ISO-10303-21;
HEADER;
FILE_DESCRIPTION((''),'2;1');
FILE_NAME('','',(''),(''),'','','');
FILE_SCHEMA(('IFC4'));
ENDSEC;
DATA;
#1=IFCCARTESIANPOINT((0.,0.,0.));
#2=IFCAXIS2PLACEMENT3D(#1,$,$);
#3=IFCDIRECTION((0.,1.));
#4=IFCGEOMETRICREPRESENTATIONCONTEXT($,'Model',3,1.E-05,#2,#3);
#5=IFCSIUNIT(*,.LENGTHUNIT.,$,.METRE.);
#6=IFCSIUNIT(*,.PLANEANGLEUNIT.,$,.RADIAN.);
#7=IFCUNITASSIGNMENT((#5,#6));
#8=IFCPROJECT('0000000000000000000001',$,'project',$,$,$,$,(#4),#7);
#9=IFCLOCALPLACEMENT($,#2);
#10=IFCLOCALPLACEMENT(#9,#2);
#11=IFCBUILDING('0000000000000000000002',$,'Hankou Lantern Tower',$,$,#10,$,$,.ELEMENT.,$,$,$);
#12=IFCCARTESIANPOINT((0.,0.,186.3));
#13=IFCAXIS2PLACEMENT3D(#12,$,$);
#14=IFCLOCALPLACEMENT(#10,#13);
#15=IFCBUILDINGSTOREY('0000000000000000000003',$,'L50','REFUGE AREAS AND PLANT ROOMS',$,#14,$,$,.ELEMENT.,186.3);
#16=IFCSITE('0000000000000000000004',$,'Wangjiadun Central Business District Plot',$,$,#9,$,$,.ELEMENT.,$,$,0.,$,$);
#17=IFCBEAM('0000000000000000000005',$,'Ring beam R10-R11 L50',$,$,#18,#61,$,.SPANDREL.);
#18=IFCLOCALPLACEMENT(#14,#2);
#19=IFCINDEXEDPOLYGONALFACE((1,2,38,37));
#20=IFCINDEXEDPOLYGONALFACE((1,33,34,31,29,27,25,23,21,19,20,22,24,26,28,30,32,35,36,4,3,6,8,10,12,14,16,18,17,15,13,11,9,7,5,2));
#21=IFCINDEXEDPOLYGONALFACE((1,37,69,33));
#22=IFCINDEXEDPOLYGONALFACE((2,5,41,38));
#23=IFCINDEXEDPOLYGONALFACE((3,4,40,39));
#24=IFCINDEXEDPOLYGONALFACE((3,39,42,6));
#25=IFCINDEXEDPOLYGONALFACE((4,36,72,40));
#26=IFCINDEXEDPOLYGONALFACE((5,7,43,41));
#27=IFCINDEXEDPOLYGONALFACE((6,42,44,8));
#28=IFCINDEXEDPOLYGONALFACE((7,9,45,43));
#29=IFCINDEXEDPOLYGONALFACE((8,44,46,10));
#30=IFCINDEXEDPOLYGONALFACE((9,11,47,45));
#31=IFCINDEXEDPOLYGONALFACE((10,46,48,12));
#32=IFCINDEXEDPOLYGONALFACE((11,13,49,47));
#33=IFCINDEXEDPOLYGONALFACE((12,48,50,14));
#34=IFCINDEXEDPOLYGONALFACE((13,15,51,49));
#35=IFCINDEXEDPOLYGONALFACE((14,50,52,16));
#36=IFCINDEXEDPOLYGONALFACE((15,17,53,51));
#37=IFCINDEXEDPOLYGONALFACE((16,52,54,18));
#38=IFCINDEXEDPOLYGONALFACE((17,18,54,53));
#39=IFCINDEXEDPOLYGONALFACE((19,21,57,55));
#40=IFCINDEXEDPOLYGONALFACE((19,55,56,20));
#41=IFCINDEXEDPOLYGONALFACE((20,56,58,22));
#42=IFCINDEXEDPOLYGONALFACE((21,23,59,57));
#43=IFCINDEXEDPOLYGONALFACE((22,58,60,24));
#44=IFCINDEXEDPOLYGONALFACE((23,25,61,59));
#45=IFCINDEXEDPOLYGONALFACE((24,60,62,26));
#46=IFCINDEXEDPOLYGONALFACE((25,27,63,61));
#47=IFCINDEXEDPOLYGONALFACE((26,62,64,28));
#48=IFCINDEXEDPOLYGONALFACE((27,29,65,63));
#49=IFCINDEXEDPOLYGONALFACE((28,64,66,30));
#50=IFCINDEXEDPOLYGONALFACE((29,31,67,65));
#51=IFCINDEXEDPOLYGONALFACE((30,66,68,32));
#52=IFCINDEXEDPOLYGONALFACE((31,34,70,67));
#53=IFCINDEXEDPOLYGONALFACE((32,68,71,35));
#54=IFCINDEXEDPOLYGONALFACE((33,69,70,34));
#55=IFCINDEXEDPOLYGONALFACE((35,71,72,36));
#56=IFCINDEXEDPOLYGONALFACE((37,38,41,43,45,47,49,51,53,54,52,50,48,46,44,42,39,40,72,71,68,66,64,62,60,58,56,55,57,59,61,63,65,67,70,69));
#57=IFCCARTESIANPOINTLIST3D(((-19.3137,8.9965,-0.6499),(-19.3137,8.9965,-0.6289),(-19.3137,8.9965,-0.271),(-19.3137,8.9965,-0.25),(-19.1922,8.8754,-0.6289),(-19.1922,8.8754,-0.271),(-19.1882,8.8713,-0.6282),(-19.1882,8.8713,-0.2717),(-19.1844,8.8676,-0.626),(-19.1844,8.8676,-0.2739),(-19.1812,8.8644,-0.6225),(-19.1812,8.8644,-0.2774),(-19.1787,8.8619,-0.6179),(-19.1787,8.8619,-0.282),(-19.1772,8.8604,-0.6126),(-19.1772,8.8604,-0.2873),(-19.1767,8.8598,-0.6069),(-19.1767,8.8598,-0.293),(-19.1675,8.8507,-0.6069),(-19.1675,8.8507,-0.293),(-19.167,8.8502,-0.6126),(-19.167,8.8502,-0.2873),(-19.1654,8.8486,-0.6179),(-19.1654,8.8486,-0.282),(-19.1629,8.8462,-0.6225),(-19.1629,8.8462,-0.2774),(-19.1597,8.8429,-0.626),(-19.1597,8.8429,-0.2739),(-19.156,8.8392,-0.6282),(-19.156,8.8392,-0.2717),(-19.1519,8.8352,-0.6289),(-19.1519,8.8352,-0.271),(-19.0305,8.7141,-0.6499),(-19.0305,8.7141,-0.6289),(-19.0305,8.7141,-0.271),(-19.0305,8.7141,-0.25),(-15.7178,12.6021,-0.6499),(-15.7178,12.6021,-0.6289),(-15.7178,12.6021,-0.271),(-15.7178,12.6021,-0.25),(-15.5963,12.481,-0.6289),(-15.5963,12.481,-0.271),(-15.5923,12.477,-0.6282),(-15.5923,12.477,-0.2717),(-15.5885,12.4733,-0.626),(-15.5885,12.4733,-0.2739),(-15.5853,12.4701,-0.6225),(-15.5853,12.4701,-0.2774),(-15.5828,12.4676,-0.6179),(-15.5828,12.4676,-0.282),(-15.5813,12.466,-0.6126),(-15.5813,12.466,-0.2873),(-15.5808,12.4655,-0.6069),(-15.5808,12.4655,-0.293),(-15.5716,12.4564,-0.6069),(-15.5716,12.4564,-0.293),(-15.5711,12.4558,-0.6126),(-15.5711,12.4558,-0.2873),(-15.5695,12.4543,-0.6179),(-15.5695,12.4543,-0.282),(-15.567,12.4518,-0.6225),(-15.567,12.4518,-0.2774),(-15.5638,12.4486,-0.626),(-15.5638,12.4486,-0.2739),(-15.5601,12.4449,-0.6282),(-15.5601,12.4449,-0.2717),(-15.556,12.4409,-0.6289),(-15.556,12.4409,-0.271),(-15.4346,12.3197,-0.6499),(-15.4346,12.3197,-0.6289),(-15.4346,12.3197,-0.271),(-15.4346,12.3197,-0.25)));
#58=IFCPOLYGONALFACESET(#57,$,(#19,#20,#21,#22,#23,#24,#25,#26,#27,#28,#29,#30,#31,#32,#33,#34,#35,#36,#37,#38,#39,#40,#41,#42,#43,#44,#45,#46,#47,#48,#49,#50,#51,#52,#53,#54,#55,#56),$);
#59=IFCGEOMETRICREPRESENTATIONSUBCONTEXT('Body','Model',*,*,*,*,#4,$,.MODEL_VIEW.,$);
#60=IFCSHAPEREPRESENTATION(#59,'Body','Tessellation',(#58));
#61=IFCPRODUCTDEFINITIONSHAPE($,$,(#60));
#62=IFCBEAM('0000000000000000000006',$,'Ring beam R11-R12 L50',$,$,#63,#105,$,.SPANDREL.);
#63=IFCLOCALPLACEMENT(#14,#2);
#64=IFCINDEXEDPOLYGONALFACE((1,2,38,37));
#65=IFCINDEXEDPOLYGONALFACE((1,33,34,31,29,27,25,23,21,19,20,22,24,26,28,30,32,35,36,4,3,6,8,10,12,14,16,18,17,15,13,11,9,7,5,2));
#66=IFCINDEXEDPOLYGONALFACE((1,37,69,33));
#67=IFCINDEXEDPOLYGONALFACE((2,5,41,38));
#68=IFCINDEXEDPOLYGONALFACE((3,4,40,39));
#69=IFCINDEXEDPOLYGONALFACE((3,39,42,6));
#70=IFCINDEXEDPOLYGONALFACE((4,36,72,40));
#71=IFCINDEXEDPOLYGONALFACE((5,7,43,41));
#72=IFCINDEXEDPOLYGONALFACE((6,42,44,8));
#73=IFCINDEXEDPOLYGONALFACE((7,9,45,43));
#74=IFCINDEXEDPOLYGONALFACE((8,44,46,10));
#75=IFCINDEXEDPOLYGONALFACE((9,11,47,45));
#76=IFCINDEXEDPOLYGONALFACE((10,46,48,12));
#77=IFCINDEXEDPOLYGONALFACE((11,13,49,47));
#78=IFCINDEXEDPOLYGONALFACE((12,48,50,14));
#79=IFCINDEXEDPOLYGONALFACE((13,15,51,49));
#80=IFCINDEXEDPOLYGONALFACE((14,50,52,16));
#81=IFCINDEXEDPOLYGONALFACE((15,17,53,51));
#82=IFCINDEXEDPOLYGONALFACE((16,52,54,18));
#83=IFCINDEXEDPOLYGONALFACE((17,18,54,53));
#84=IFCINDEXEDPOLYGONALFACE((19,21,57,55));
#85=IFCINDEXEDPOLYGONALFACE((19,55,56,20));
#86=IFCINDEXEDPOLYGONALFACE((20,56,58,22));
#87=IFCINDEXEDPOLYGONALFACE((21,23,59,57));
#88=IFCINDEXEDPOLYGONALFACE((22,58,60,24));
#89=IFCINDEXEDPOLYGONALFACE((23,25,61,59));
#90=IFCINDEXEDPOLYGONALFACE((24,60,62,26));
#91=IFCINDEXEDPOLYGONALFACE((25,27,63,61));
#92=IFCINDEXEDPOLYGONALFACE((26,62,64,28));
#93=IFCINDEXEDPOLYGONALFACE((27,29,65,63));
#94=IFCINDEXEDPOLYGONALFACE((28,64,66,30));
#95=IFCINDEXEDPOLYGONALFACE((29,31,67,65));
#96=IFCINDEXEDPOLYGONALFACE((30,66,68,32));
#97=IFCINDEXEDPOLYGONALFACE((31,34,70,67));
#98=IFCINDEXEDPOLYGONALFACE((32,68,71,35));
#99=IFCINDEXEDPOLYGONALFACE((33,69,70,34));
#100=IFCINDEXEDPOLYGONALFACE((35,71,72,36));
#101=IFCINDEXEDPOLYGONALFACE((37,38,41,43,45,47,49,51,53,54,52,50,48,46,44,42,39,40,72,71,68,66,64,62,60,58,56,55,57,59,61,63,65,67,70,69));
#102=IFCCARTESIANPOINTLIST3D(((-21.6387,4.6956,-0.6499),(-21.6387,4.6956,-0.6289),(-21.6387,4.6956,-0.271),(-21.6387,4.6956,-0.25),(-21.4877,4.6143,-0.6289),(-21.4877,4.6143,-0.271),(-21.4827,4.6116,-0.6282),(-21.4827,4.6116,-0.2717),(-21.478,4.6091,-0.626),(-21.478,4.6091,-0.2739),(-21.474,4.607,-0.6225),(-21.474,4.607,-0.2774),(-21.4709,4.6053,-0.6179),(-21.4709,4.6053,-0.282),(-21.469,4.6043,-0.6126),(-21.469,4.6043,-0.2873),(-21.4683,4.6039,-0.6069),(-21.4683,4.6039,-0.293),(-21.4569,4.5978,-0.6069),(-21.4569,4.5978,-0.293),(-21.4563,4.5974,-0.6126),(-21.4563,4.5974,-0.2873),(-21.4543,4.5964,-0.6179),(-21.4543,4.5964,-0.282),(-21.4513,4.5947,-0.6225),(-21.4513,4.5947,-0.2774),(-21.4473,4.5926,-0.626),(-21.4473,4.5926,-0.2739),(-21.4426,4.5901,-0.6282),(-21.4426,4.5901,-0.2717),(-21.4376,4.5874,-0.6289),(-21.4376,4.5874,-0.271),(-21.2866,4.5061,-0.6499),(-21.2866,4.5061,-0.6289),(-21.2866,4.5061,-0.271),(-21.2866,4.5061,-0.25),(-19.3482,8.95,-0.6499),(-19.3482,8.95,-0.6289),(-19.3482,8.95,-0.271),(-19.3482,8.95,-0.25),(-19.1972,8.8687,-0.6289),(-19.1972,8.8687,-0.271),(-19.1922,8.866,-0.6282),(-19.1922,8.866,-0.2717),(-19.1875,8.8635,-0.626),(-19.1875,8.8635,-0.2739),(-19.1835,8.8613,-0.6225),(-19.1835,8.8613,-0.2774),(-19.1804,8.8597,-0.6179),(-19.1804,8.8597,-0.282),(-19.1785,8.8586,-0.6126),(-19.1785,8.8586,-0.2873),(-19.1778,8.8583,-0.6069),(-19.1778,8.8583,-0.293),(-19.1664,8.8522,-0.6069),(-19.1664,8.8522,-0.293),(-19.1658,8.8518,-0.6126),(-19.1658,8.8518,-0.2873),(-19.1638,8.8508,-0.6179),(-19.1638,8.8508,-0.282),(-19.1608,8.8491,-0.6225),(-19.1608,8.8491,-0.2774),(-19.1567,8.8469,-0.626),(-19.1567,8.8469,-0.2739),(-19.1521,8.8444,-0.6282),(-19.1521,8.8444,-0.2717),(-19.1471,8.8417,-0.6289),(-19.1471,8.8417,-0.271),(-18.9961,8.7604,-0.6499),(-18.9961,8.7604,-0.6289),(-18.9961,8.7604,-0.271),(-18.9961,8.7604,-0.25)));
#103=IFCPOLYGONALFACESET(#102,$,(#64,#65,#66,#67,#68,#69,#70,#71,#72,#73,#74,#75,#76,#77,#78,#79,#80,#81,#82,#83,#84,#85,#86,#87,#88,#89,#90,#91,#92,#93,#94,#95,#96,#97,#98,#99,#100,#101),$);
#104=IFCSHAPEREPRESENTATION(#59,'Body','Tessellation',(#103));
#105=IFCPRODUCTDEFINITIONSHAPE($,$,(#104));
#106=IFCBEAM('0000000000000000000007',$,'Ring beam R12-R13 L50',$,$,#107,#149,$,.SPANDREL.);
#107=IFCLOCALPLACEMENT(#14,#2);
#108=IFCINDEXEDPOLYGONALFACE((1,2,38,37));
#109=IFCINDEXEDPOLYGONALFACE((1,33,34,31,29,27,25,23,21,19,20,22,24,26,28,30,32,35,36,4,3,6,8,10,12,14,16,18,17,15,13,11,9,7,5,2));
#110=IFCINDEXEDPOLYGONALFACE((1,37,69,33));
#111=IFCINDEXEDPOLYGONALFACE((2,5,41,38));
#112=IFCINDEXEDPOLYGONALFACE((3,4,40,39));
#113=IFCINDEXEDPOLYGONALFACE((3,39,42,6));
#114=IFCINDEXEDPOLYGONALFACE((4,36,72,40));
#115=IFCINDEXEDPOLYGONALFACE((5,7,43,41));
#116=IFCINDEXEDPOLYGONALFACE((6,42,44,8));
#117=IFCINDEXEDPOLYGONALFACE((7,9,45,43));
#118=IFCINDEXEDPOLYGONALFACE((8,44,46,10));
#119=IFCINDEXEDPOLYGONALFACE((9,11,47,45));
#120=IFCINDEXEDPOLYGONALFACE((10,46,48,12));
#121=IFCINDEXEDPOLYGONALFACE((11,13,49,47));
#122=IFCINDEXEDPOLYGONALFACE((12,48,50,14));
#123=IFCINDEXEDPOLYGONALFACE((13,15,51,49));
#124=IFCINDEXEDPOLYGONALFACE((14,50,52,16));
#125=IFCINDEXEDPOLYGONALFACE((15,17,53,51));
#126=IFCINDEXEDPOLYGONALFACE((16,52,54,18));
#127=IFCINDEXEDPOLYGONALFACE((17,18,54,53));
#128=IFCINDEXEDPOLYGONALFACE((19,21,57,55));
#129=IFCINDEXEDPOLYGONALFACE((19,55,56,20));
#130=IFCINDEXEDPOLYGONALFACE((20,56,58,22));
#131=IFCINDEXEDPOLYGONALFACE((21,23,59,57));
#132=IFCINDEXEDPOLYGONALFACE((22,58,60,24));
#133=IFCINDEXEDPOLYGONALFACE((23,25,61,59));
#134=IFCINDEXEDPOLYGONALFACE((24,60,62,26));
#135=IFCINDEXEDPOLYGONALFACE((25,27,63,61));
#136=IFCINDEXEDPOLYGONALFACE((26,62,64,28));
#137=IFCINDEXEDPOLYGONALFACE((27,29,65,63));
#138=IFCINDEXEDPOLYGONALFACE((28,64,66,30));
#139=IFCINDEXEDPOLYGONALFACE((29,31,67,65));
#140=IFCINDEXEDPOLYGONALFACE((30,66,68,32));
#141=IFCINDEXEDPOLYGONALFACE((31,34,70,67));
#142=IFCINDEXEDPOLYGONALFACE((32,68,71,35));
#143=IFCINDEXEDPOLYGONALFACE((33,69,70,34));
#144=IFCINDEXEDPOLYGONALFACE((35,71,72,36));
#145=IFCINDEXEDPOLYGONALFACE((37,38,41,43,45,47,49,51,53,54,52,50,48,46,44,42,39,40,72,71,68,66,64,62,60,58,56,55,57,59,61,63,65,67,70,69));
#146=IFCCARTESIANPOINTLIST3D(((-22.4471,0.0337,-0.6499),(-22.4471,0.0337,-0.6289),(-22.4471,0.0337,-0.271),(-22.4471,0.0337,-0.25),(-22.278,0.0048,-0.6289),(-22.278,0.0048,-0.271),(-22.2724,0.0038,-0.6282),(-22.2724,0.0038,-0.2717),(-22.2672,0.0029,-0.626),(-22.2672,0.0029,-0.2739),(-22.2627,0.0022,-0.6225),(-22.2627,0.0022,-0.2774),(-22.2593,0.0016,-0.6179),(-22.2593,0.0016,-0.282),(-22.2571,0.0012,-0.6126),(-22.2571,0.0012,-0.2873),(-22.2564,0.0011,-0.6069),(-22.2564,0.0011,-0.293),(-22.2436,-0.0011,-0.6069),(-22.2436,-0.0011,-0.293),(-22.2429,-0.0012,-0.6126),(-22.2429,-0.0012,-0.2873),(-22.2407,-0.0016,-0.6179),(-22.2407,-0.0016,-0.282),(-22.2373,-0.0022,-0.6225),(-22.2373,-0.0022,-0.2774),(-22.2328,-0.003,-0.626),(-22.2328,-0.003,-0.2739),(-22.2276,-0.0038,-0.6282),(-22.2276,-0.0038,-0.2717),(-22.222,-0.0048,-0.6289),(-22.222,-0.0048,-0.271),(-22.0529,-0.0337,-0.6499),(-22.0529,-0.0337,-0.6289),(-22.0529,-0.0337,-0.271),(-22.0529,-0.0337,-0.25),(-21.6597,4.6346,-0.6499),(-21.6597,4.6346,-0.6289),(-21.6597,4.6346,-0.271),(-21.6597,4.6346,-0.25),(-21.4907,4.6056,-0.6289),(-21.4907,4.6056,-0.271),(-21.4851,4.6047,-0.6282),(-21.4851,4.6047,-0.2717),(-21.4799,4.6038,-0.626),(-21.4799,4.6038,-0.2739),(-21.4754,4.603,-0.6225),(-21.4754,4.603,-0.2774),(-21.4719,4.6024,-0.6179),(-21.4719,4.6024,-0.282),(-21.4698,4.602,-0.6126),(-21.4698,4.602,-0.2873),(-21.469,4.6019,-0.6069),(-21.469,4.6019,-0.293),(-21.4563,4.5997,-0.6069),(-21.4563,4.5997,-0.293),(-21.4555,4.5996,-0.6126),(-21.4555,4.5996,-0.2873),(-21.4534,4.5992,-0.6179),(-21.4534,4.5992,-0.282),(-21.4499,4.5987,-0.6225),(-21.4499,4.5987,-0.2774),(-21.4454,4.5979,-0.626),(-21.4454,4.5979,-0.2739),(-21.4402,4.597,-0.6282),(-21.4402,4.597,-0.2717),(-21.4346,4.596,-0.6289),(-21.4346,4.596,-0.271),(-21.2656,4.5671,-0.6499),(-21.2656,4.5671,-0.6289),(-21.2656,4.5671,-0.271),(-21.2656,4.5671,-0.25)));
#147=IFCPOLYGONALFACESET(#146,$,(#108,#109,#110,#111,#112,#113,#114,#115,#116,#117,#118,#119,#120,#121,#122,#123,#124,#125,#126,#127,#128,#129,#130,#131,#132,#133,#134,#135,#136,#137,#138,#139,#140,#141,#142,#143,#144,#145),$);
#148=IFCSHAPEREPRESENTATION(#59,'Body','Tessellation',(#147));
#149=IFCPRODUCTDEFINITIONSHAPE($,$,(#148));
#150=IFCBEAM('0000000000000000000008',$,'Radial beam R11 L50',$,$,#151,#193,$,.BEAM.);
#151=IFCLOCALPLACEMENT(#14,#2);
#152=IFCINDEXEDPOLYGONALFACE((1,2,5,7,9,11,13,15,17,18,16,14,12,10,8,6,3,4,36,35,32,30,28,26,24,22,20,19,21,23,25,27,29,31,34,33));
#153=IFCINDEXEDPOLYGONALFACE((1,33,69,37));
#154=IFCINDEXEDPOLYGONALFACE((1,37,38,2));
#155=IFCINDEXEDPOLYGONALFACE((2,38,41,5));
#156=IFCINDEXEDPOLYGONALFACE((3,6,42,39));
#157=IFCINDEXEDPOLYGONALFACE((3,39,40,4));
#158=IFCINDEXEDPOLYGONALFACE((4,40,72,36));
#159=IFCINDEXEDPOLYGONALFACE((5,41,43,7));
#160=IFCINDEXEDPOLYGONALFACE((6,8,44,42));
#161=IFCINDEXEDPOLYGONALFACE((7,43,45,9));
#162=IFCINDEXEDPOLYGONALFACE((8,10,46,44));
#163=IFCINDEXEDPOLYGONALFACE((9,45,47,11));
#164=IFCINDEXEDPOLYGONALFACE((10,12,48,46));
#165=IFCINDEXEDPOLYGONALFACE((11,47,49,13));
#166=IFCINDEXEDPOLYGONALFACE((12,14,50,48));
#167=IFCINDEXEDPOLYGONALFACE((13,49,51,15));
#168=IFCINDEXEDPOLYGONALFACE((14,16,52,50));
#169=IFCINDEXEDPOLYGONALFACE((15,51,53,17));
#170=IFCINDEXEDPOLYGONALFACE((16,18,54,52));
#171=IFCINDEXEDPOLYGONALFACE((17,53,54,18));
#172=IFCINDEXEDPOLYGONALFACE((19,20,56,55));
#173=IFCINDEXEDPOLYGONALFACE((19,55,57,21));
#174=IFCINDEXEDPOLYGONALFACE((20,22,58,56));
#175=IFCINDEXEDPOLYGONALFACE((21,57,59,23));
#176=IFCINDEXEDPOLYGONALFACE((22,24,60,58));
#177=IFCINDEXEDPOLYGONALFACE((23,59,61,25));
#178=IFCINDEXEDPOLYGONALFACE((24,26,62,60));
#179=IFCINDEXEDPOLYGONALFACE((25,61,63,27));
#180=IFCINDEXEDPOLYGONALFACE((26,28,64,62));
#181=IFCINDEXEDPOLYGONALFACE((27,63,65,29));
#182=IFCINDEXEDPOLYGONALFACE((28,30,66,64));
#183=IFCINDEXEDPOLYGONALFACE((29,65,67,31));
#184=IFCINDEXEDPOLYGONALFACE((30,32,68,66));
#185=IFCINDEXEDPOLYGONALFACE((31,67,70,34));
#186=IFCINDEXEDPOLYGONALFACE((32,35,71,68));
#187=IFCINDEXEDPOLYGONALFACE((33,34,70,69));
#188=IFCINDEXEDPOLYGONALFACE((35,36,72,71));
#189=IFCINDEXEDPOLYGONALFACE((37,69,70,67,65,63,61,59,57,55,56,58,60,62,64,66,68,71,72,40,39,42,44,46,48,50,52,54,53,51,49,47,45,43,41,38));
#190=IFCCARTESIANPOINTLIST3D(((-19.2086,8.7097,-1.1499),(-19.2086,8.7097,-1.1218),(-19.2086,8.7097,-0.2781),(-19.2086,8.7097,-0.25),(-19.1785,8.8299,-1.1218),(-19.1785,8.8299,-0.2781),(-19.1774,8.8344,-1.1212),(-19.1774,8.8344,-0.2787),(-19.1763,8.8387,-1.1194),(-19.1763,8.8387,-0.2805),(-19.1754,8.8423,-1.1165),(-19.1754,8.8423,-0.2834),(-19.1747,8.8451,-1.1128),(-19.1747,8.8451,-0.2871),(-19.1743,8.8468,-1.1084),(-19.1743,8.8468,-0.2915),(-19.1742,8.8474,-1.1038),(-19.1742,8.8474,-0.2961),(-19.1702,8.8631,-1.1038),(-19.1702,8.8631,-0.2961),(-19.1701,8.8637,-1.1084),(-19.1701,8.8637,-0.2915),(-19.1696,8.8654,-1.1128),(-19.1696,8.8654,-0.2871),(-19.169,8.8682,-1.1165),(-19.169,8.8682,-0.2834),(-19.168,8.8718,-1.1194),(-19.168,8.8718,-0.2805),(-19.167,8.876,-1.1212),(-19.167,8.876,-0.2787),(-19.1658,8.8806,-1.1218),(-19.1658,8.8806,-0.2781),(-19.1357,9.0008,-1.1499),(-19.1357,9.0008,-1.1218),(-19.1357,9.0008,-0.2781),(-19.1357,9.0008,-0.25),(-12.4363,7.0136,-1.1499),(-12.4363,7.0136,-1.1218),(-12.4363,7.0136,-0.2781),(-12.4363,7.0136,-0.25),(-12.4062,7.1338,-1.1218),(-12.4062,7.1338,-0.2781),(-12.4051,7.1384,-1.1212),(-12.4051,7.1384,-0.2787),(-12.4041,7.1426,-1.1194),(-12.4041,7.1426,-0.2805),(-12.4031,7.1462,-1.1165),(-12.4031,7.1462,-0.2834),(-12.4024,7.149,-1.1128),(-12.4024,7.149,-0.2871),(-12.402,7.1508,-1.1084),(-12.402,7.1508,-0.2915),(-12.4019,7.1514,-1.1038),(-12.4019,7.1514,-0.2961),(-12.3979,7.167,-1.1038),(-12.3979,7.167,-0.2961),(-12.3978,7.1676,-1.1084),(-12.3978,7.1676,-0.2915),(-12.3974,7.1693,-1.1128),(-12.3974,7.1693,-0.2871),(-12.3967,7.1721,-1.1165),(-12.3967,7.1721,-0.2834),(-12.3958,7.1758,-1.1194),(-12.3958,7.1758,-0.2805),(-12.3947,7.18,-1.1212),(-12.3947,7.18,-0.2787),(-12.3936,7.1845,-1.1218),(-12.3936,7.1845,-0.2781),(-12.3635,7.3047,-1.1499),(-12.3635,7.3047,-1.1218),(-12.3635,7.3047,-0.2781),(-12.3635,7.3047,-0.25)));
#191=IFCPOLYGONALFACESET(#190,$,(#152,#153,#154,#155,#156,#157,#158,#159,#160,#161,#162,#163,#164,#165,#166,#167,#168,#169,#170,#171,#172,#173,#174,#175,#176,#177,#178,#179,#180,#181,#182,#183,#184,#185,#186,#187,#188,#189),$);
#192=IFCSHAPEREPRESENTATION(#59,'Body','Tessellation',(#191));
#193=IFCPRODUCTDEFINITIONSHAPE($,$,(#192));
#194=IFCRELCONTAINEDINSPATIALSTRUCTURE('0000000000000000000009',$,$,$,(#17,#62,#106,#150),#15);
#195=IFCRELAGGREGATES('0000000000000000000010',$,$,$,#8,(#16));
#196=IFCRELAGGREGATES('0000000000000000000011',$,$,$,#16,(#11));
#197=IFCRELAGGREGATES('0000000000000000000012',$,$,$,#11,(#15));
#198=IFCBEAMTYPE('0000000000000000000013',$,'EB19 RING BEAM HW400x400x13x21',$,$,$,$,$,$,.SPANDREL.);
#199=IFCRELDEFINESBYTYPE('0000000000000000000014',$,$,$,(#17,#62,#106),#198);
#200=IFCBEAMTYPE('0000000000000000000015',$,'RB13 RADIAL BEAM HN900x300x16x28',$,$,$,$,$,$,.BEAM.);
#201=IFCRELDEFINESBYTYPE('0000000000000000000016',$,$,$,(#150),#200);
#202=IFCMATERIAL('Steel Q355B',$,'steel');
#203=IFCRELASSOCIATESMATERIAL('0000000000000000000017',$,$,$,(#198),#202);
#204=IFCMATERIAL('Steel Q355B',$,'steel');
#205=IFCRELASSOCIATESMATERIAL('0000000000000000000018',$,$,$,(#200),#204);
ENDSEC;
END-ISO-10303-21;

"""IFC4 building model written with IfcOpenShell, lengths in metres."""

from ifc_helpers import new_model, si_unit, direction, frame, origin, origin_2d, place, context, subcontext, project, spatial, i_section, extrude, material, material_profile, profile_set, type_object, element, save


model = new_model("IFC4")

# Units and contexts
model_context = context("Model", 3, precision=1e-05, world=origin(), true_north=direction((0.0, 1.0)))
body_context = subcontext(model_context, "Body", "Model", "MODEL_VIEW")
ifc_project = project(units=[si_unit("LENGTHUNIT", "METRE"), si_unit("PLANEANGLEUNIT", "RADIAN")], contexts=[model_context])

# Site, building, storey
site_placement = place(None, origin())
site = spatial("IfcSite", under=ifc_project, at=site_placement, Name="Wangjiadun Central Business District Plot", CompositionType="ELEMENT", RefElevation=0.0)
building_placement = place(site_placement, origin())
building = spatial("IfcBuilding", under=site, at=building_placement, Name="Hankou Lantern Tower", CompositionType="ELEMENT")
storey_placement = place(building_placement, frame((0.0, 0.0, 186.3)))
storey = spatial("IfcBuildingStorey", under=building, at=storey_placement, Name="L50", Description="REFUGE AREAS AND PLANT ROOMS", CompositionType="ELEMENT", Elevation=186.3)

# Beams
ifc_material_1 = material(Name="Steel Q355B", Category="steel")
ifc_material_profile_1 = material_profile(ifc_material_1, i_section(OverallWidth=0.3999, OverallDepth=0.3999, WebThickness=0.0129, FlangeThickness=0.021, FilletRadius=0.022, at=origin_2d()), Name="HW400x400x13x21")
ifc_profile_set_1 = profile_set([ifc_material_profile_1], Name="Steel Q355B")
beam_type_1 = type_object("IfcBeamType", Name="EB19 RING BEAM HW400x400x13x21", PredefinedType="SPANDREL", material=ifc_profile_set_1)
beam_1_placement = place(storey_placement, frame((-15.5762, 12.4609, -0.45), z_axis=(-0.706147, -0.708065, 0.0), x_axis=(0.708065, -0.706147, 0.0)))
element("IfcBeam", 1, at=beam_1_placement, inside=storey, type_object=beam_type_1, Name="Ring beam R10-R11 L50", PredefinedType="SPANDREL", context=body_context, shape_type="SweptSolid", body=[
    extrude(i_section(OverallWidth=0.3999, OverallDepth=0.3999, WebThickness=0.0129, FlangeThickness=0.021, FilletRadius=0.022, at=origin_2d()), origin(), (0.0, 0.0, 1.0), 5.0923),
])
beam_2_placement = place(storey_placement, frame((-19.1721, 8.8552, -0.45), z_axis=(-0.474052, -0.880497, 0.0), x_axis=(0.880497, -0.474052, 0.0)))
element("IfcBeam", 2, at=beam_2_placement, inside=storey, type_object=beam_type_1, Name="Ring beam R11-R12 L50", PredefinedType="SPANDREL", context=body_context, shape_type="SweptSolid", body=[
    extrude(i_section(OverallWidth=0.3999, OverallDepth=0.3999, WebThickness=0.0129, FlangeThickness=0.021, FilletRadius=0.022, at=origin_2d()), origin(), (0.0, 0.0, 1.0), 4.8318),
])
beam_3_placement = place(storey_placement, frame((-21.4626, 4.6008, -0.45), z_axis=(-0.168681, -0.985671, 0.0), x_axis=(0.985671, -0.168681, 0.0)))
element("IfcBeam", 3, at=beam_3_placement, inside=storey, type_object=beam_type_1, Name="Ring beam R12-R13 L50", PredefinedType="SPANDREL", context=body_context, shape_type="SweptSolid", body=[
    extrude(i_section(OverallWidth=0.3999, OverallDepth=0.3999, WebThickness=0.0129, FlangeThickness=0.021, FilletRadius=0.022, at=origin_2d()), origin(), (0.0, 0.0, 1.0), 4.6677),
])
ifc_material_2 = material(Name="Steel Q355B", Category="steel")
ifc_material_profile_2 = material_profile(ifc_material_2, i_section(OverallWidth=0.3, OverallDepth=0.8999, WebThickness=0.0161, FlangeThickness=0.0281, FilletRadius=0.0181, at=origin_2d()), Name="HN900x300x16x28")
ifc_profile_set_2 = profile_set([ifc_material_profile_2], Name="Steel Q355B")
beam_type_2 = type_object("IfcBeamType", Name="RB13 RADIAL BEAM HN900x300x16x28", PredefinedType="BEAM", material=ifc_profile_set_2)
beam_4_placement = place(storey_placement, frame((-12.3999, 7.1592, -0.7), z_axis=(-0.970042, 0.242939, 0.0), x_axis=(-0.242939, -0.970042, 0.0)))
element("IfcBeam", 4, at=beam_4_placement, inside=storey, type_object=beam_type_2, Name="Radial beam R11 L50", PredefinedType="BEAM", context=body_context, shape_type="SweptSolid", body=[
    extrude(i_section(OverallWidth=0.3, OverallDepth=0.8999, WebThickness=0.0161, FlangeThickness=0.0281, FilletRadius=0.0181, at=origin_2d()), origin(), (0.0, 0.0, 1.0), 6.9814),
])

save(model, "model.ifc")
